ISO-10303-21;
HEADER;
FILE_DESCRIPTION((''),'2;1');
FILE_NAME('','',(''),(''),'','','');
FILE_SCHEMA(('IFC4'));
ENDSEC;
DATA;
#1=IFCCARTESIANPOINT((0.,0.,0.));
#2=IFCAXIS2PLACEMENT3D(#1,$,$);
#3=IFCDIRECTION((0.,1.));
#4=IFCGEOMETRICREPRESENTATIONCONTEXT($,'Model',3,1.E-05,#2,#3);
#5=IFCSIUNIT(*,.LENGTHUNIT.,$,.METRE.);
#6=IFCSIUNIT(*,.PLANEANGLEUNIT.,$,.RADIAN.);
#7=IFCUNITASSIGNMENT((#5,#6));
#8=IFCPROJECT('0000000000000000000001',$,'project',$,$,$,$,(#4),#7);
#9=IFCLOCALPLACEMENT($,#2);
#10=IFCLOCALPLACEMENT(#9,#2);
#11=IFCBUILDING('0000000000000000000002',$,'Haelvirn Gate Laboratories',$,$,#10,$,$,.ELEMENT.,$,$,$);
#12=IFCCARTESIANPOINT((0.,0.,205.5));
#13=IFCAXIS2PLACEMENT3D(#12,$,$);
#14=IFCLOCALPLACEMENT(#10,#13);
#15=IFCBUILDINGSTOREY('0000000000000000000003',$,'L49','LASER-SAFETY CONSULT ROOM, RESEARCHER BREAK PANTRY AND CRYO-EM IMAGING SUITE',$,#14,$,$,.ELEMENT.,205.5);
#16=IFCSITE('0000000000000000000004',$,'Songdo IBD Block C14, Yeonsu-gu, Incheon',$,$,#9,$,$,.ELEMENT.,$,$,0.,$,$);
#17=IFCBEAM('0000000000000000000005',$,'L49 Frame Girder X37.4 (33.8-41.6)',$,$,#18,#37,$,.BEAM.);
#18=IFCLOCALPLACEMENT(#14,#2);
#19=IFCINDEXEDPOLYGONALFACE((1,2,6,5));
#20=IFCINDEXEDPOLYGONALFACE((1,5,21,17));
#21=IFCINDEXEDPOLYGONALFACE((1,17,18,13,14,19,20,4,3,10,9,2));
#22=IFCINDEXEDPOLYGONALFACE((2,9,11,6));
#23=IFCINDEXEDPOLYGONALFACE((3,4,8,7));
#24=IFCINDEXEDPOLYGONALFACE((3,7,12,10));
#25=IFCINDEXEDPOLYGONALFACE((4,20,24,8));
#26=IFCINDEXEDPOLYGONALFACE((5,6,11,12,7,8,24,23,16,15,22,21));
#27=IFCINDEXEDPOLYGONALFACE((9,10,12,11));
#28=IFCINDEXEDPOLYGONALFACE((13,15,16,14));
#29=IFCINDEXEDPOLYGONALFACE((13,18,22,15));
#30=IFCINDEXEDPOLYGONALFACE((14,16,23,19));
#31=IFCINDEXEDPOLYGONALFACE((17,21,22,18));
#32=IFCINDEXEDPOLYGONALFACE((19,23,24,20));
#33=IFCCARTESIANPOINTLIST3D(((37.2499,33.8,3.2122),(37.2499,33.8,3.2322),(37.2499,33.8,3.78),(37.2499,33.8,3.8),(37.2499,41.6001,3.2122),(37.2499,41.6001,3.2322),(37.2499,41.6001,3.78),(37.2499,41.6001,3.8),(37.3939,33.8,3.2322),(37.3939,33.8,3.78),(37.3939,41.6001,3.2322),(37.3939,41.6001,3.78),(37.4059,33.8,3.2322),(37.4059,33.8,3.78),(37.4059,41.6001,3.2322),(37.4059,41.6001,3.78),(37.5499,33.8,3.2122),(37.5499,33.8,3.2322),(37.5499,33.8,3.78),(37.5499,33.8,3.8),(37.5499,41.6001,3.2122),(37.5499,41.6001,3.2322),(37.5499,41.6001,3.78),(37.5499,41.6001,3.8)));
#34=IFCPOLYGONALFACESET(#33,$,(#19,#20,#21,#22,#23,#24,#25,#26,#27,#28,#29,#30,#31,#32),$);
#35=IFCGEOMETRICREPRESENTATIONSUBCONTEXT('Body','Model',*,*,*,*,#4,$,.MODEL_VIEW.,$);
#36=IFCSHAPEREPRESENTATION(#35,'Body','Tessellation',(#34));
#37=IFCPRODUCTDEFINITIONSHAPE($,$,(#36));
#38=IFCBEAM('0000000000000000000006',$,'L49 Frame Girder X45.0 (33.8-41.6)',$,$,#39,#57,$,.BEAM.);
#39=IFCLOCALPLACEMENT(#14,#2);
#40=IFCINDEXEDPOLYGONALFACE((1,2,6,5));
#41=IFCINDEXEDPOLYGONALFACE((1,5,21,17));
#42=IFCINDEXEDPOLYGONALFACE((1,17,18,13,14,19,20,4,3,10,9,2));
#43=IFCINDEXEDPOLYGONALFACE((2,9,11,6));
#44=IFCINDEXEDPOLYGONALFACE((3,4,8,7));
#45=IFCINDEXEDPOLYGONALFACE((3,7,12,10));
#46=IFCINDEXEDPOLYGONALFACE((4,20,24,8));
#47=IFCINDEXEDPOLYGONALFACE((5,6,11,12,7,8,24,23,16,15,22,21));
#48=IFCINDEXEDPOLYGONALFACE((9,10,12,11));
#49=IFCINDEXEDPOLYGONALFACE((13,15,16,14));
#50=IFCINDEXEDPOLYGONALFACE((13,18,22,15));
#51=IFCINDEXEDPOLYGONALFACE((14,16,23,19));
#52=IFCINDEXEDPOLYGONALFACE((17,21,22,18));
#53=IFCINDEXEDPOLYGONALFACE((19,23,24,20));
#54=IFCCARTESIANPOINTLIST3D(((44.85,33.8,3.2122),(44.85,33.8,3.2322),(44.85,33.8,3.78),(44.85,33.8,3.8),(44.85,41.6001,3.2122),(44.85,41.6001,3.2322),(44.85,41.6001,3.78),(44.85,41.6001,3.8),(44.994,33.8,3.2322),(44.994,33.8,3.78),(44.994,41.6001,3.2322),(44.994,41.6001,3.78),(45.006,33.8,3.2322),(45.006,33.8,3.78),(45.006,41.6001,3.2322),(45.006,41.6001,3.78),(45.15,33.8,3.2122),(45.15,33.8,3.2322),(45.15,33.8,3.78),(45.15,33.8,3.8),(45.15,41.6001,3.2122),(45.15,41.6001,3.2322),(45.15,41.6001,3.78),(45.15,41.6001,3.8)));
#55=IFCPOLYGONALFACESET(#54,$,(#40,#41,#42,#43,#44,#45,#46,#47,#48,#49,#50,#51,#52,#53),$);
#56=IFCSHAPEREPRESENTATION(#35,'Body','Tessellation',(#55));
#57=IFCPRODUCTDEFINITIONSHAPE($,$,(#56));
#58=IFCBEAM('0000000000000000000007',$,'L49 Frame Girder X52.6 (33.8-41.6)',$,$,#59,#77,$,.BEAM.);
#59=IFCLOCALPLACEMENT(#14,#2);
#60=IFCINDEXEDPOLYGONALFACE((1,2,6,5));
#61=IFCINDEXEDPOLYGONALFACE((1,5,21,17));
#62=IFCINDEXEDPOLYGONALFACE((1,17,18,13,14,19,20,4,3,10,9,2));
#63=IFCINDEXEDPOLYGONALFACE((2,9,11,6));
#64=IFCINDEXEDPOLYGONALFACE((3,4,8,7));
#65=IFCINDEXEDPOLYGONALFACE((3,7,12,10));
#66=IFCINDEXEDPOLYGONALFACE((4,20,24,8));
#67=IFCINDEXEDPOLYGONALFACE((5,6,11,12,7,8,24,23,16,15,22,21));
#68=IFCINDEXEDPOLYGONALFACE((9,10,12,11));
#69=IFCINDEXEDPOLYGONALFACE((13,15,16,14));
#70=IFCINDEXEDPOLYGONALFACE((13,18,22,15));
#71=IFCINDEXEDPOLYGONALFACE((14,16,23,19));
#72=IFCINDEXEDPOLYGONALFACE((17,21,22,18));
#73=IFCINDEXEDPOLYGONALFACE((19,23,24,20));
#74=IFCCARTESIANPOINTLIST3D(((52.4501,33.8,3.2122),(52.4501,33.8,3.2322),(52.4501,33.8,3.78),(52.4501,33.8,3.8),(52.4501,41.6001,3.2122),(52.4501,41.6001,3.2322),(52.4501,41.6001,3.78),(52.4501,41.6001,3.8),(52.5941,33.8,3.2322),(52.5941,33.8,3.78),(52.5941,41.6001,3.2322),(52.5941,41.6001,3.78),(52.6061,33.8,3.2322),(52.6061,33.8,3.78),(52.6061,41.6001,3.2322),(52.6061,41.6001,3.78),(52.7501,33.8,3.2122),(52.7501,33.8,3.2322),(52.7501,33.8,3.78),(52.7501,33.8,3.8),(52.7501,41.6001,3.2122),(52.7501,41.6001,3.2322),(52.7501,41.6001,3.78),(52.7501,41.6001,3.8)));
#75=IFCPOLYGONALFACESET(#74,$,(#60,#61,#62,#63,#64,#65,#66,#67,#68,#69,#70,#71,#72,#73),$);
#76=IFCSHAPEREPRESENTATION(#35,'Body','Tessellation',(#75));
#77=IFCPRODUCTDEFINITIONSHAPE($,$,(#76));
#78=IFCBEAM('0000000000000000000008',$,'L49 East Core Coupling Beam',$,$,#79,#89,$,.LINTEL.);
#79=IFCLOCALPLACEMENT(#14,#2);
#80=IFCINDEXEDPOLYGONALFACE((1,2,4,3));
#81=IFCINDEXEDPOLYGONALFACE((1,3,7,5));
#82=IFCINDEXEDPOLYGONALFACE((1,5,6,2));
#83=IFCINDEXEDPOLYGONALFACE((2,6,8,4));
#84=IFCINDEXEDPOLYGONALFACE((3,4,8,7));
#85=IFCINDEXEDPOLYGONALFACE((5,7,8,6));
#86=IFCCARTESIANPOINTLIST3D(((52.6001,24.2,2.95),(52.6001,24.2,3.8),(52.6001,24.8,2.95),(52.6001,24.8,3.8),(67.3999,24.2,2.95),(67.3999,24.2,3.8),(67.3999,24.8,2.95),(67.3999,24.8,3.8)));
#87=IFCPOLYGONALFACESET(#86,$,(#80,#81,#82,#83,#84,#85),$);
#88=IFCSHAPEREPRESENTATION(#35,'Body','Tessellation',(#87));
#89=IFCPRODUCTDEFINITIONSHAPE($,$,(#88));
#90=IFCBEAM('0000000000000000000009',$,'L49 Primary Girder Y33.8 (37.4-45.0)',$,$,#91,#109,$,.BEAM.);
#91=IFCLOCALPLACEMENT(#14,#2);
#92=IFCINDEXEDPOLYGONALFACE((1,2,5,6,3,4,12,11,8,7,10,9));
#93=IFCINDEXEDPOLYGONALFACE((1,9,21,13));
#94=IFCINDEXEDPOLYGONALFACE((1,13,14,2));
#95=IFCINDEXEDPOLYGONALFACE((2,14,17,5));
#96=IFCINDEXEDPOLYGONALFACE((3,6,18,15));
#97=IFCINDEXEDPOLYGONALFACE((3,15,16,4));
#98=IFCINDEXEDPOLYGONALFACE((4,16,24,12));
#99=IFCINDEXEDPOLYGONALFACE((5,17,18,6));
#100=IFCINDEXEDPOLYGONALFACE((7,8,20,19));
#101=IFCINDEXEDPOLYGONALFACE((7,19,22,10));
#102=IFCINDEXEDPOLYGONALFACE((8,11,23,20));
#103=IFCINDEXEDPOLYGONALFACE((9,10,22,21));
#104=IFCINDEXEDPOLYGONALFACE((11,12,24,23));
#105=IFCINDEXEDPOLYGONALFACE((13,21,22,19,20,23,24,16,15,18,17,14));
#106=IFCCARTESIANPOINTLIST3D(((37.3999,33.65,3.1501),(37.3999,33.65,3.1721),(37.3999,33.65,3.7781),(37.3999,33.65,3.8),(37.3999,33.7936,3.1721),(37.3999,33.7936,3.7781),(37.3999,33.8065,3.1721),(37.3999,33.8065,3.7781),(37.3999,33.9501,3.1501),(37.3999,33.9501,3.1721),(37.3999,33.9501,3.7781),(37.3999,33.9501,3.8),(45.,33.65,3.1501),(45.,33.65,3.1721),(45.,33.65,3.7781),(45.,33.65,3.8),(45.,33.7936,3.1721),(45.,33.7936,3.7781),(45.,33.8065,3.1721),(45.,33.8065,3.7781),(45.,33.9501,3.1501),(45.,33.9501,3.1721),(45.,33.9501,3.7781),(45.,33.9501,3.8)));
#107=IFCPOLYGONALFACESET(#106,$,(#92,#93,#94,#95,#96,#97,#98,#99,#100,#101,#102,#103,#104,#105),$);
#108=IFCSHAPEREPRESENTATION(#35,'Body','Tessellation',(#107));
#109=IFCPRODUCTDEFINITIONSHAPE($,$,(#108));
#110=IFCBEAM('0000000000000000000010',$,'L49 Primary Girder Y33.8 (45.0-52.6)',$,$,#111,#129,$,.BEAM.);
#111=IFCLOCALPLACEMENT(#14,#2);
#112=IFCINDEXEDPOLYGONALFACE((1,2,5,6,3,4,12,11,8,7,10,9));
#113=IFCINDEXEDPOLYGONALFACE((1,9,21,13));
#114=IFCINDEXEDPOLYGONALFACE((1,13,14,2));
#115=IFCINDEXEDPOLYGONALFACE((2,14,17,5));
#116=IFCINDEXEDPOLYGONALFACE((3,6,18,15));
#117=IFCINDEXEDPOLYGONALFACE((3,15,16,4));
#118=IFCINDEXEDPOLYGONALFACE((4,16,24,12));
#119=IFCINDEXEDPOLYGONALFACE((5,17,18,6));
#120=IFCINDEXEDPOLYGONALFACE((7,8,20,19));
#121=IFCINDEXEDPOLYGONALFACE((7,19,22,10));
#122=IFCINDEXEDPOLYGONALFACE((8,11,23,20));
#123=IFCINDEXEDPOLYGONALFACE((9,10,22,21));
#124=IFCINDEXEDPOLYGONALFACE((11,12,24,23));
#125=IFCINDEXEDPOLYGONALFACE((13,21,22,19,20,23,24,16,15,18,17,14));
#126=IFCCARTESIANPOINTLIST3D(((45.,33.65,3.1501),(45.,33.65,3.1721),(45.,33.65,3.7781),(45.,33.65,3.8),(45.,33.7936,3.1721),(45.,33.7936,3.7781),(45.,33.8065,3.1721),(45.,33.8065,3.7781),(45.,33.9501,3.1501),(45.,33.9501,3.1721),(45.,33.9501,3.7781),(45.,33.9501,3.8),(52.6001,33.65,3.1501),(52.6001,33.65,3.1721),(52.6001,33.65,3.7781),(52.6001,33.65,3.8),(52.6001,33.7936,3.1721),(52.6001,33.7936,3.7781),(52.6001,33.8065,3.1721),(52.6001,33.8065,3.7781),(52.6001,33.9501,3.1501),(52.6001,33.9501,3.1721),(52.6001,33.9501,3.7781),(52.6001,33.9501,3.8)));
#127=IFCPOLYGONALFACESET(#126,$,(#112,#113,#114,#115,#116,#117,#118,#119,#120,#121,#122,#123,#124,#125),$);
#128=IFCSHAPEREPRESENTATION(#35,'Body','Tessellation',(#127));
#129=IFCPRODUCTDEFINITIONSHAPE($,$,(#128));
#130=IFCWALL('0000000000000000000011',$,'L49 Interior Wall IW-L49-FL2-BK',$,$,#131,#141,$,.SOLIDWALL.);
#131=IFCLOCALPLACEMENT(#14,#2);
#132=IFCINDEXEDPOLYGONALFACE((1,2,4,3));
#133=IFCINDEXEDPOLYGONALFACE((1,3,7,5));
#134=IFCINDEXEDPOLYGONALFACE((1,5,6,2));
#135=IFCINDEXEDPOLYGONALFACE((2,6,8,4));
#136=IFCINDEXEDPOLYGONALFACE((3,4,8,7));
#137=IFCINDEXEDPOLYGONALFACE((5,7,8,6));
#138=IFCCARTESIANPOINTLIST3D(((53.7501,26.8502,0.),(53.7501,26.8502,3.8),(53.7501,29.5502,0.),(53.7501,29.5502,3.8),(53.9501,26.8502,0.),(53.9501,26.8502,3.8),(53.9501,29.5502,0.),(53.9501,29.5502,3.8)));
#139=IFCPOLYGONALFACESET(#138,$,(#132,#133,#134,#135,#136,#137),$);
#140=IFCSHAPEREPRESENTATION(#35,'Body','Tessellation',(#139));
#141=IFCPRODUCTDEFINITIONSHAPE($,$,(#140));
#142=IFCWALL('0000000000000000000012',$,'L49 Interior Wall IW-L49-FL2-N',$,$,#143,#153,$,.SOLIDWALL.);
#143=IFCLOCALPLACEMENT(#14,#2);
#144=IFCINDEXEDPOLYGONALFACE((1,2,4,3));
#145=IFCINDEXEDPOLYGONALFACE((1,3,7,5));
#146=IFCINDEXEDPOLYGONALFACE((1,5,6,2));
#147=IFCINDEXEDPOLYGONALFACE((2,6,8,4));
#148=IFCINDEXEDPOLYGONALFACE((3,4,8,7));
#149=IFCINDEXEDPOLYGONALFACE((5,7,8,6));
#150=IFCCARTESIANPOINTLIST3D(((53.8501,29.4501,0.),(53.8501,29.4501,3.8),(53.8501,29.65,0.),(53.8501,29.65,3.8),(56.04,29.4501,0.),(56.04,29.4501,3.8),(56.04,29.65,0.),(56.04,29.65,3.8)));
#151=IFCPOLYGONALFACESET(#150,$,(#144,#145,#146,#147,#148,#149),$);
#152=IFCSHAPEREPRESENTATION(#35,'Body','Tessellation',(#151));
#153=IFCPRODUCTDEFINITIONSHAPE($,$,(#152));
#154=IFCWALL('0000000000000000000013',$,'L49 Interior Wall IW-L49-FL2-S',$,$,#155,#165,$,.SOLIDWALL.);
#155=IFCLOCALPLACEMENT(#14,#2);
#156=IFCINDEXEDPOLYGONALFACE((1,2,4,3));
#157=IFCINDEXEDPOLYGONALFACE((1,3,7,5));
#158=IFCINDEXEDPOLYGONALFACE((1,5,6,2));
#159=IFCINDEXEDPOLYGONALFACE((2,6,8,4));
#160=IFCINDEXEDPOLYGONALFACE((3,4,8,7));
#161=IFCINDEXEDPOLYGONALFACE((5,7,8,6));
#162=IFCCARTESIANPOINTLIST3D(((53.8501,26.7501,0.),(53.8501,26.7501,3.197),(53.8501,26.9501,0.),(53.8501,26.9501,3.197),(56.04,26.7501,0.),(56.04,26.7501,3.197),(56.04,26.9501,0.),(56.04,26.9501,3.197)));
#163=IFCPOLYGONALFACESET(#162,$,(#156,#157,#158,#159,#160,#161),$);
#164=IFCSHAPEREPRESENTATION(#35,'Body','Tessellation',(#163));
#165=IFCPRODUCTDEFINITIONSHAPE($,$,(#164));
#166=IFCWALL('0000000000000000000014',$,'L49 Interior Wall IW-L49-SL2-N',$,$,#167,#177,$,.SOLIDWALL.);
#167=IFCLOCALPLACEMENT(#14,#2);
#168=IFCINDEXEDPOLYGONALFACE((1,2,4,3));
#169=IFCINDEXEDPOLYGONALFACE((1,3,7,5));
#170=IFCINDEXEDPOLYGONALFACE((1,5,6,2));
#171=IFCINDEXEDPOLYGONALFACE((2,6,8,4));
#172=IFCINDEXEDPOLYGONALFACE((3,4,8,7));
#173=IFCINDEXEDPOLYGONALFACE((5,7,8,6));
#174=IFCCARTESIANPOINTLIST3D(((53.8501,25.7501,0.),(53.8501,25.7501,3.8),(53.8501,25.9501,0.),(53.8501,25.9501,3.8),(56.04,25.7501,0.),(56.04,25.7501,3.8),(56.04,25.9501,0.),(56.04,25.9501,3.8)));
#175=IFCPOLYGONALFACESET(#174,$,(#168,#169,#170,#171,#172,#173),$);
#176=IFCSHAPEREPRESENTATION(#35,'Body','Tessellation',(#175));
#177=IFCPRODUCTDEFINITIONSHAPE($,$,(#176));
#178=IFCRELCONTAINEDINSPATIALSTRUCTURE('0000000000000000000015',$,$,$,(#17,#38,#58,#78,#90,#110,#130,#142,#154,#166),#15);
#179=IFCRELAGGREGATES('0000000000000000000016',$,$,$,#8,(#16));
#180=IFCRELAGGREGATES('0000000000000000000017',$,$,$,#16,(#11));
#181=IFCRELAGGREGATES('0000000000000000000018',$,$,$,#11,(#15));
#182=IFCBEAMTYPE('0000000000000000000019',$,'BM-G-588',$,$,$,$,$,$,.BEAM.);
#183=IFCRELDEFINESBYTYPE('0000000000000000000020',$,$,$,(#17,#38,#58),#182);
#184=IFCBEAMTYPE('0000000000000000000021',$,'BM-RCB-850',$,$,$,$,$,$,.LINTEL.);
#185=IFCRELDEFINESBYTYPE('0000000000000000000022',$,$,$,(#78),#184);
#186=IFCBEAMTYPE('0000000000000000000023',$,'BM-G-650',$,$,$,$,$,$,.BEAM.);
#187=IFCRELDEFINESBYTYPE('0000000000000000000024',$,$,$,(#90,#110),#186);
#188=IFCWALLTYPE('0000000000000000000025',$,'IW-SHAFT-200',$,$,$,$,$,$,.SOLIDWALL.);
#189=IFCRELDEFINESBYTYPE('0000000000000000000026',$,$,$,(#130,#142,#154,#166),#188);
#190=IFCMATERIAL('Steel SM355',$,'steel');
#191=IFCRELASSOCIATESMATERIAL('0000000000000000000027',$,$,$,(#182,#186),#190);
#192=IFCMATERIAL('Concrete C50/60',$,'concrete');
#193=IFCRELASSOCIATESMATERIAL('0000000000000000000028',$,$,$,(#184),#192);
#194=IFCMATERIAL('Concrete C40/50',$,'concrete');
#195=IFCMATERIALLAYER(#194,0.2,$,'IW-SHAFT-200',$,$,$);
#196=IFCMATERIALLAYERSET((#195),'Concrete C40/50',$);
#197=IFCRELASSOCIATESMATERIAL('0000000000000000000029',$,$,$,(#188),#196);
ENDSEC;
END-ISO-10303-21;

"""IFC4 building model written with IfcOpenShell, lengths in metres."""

from ifc_helpers import new_model, si_unit, direction, frame, frame_2d, origin, origin_2d, place, context, subcontext, project, spatial, rectangle, i_section, extrude, source, transform, mapped, material, layer, layer_set, material_profile, profile_set, type_object, type_shapes, element, save


model = new_model("IFC4")

# Units and contexts
model_context = context("Model", 3, precision=1e-05, world=origin(), true_north=direction((0.0, 1.0)))
body_context = subcontext(model_context, "Body", "Model", "MODEL_VIEW")
ifc_project = project(units=[si_unit("LENGTHUNIT", "METRE"), si_unit("PLANEANGLEUNIT", "RADIAN")], contexts=[model_context])

# Site, building, storey
site_placement = place(None, origin())
site = spatial("IfcSite", under=ifc_project, at=site_placement, Name="Songdo IBD Block C14, Yeonsu-gu, Incheon", CompositionType="ELEMENT", RefElevation=0.0)
building_placement = place(site_placement, origin())
building = spatial("IfcBuilding", under=site, at=building_placement, Name="Haelvirn Gate Laboratories", CompositionType="ELEMENT")
storey_placement = place(building_placement, frame((0.0, 0.0, 205.5)))
storey = spatial("IfcBuildingStorey", under=building, at=storey_placement, Name="L49", Description="LASER-SAFETY CONSULT ROOM, RESEARCHER BREAK PANTRY AND CRYO-EM IMAGING SUITE", CompositionType="ELEMENT", Elevation=205.5)

# Shared definitions
ifc_material_1 = material(Name="Steel SM355", Category="steel")

# Beams
ifc_material_profile_1 = material_profile(ifc_material_1, i_section(OverallWidth=0.3, OverallDepth=0.5879, WebThickness=0.012, FlangeThickness=0.02, at=origin_2d()), Name="H-588x300x12x20")
ifc_profile_set_1 = profile_set([ifc_material_profile_1], Name="Steel SM355")
beam_type_1 = type_object("IfcBeamType", Name="BM-G-588", PredefinedType="BEAM", material=ifc_profile_set_1)
shared_shape_1 = source(origin(), body_context, "Body", "SweptSolid", [
    extrude(i_section(OverallWidth=0.3, OverallDepth=0.5879, WebThickness=0.012, FlangeThickness=0.02, at=origin_2d()), origin(), (0.0, 0.0, 1.0), 7.8),
])
for number, where, z_axis, x_axis, name in (
    (1, (37.3999, 33.8, 3.5061), (0.0, 1.0, 0.0), (-1.0, 0.0, 0.0), "L49 Frame Girder X37.4 (33.8-41.6)"),
    (2, (45.0, 33.8, 3.5061), (0.0, 1.0, 0.0), (-1.0, 0.0, 0.0), "L49 Frame Girder X45.0 (33.8-41.6)"),
    (3, (52.6001, 33.8, 3.5061), (0.0, 1.0, 0.0), (-1.0, 0.0, 0.0), "L49 Frame Girder X52.6 (33.8-41.6)"),
):
    element("IfcBeam", number, at=place(storey_placement, frame(where, z_axis=z_axis, x_axis=x_axis)), inside=storey, type_object=beam_type_1, Name=name, PredefinedType="BEAM", context=body_context, shape_type="MappedRepresentation", body=[
        mapped(shared_shape_1, transform((0.0, 0.0, 0.0), scale=1.0)),
    ])
ifc_material_2 = material(Name="Concrete C50/60", Category="concrete")
ifc_material_profile_2 = material_profile(ifc_material_2, rectangle(XDim=0.6001, YDim=0.8501, at=origin_2d()), Name="RCB-600x850")
ifc_profile_set_2 = profile_set([ifc_material_profile_2], Name="Concrete C50/60")
beam_type_2 = type_object("IfcBeamType", Name="BM-RCB-850", PredefinedType="LINTEL", material=ifc_profile_set_2)
shared_shape_2 = source(origin(), body_context, "Body", "SweptSolid", [
    extrude(rectangle(XDim=0.6001, YDim=0.8501, at=origin_2d()), origin(), (0.0, 0.0, 1.0), 14.7998),
])
type_shapes(beam_type_2, [shared_shape_2])
beam_1_placement = place(storey_placement, frame((52.6001, 24.5, 3.375), z_axis=(1.0, 0.0, 0.0), x_axis=(0.0, 1.0, 0.0)))
element("IfcBeam", 4, at=beam_1_placement, inside=storey, type_object=beam_type_2, Name="L49 East Core Coupling Beam", PredefinedType="LINTEL", context=body_context, shape_type="MappedRepresentation", body=[
    mapped(shared_shape_2, transform((0.0, 0.0, 0.0), scale=1.0)),
])
ifc_material_profile_3 = material_profile(ifc_material_1, i_section(OverallWidth=0.3, OverallDepth=0.6499, WebThickness=0.0129, FlangeThickness=0.022, at=origin_2d()), Name="H-650x300x13x22")
ifc_profile_set_3 = profile_set([ifc_material_profile_3], Name="Steel SM355")
beam_type_3 = type_object("IfcBeamType", Name="BM-G-650", PredefinedType="BEAM", material=ifc_profile_set_3)
shared_shape_3 = source(origin(), body_context, "Body", "SweptSolid", [
    extrude(i_section(OverallWidth=0.3, OverallDepth=0.6499, WebThickness=0.0129, FlangeThickness=0.022, at=origin_2d()), origin(), (0.0, 0.0, 1.0), 7.6001),
])
type_shapes(beam_type_3, [shared_shape_3])
for number, where, z_axis, x_axis, name in (
    (5, (37.3999, 33.8, 3.4751), (1.0, 0.0, 0.0), (0.0, 1.0, 0.0), "L49 Primary Girder Y33.8 (37.4-45.0)"),
    (6, (45.0, 33.8, 3.4751), (1.0, 0.0, 0.0), (0.0, 1.0, 0.0), "L49 Primary Girder Y33.8 (45.0-52.6)"),
):
    element("IfcBeam", number, at=place(storey_placement, frame(where, z_axis=z_axis, x_axis=x_axis)), inside=storey, type_object=beam_type_3, Name=name, PredefinedType="BEAM", context=body_context, shape_type="MappedRepresentation", body=[
        mapped(shared_shape_3, transform((0.0, 0.0, 0.0), scale=1.0)),
    ])

# Walls
ifc_material_3 = material(Name="Concrete C40/50", Category="concrete")
ifc_layer_1 = layer(ifc_material_3, 0.2, Name="IW-SHAFT-200")
ifc_layer_set_1 = layer_set([ifc_layer_1], Name="Concrete C40/50")
wall_type_1 = type_object("IfcWallType", Name="IW-SHAFT-200", PredefinedType="SOLIDWALL", material=ifc_layer_set_1)
wall_1_placement = place(storey_placement, frame((53.8501, 26.8501, 0.0), z_axis=(0.0, 0.0, 1.0), x_axis=(0.0, 1.0, 0.0)))
element("IfcWall", 7, at=wall_1_placement, inside=storey, type_object=wall_type_1, Name="L49 Interior Wall IW-L49-FL2-BK", PredefinedType="SOLIDWALL", context=body_context, shape_type="SweptSolid", body=[
    extrude(rectangle(XDim=2.7, YDim=0.2, at=frame_2d((1.3501, 0.0))), origin(), (0.0, 0.0, 1.0), 3.8),
])
wall_2_placement = place(storey_placement, frame((53.8501, 29.55, 0.0), z_axis=(0.0, 0.0, 1.0), x_axis=(1.0, 0.0, 0.0)))
element("IfcWall", 8, at=wall_2_placement, inside=storey, type_object=wall_type_1, Name="L49 Interior Wall IW-L49-FL2-N", PredefinedType="SOLIDWALL", context=body_context, shape_type="SweptSolid", body=[
    extrude(rectangle(XDim=2.1899, YDim=0.2, at=frame_2d((1.095, 0.0))), origin(), (0.0, 0.0, 1.0), 3.8),
])
wall_3_placement = place(storey_placement, frame((53.8501, 26.8501, 0.0), z_axis=(0.0, 0.0, 1.0), x_axis=(1.0, 0.0, 0.0)))
element("IfcWall", 9, at=wall_3_placement, inside=storey, type_object=wall_type_1, Name="L49 Interior Wall IW-L49-FL2-S", PredefinedType="SOLIDWALL", context=body_context, shape_type="SweptSolid", body=[
    extrude(rectangle(XDim=2.1899, YDim=0.2, at=frame_2d((1.095, 0.0))), origin(), (0.0, 0.0, 1.0), 3.197),
])
wall_4_placement = place(storey_placement, frame((53.8501, 25.8501, 0.0), z_axis=(0.0, 0.0, 1.0), x_axis=(1.0, 0.0, 0.0)))
element("IfcWall", 10, at=wall_4_placement, inside=storey, type_object=wall_type_1, Name="L49 Interior Wall IW-L49-SL2-N", PredefinedType="SOLIDWALL", context=body_context, shape_type="SweptSolid", body=[
    extrude(rectangle(XDim=2.1899, YDim=0.2, at=frame_2d((1.095, 0.0))), origin(), (0.0, 0.0, 1.0), 3.8),
])

save(model, "model.ifc")
